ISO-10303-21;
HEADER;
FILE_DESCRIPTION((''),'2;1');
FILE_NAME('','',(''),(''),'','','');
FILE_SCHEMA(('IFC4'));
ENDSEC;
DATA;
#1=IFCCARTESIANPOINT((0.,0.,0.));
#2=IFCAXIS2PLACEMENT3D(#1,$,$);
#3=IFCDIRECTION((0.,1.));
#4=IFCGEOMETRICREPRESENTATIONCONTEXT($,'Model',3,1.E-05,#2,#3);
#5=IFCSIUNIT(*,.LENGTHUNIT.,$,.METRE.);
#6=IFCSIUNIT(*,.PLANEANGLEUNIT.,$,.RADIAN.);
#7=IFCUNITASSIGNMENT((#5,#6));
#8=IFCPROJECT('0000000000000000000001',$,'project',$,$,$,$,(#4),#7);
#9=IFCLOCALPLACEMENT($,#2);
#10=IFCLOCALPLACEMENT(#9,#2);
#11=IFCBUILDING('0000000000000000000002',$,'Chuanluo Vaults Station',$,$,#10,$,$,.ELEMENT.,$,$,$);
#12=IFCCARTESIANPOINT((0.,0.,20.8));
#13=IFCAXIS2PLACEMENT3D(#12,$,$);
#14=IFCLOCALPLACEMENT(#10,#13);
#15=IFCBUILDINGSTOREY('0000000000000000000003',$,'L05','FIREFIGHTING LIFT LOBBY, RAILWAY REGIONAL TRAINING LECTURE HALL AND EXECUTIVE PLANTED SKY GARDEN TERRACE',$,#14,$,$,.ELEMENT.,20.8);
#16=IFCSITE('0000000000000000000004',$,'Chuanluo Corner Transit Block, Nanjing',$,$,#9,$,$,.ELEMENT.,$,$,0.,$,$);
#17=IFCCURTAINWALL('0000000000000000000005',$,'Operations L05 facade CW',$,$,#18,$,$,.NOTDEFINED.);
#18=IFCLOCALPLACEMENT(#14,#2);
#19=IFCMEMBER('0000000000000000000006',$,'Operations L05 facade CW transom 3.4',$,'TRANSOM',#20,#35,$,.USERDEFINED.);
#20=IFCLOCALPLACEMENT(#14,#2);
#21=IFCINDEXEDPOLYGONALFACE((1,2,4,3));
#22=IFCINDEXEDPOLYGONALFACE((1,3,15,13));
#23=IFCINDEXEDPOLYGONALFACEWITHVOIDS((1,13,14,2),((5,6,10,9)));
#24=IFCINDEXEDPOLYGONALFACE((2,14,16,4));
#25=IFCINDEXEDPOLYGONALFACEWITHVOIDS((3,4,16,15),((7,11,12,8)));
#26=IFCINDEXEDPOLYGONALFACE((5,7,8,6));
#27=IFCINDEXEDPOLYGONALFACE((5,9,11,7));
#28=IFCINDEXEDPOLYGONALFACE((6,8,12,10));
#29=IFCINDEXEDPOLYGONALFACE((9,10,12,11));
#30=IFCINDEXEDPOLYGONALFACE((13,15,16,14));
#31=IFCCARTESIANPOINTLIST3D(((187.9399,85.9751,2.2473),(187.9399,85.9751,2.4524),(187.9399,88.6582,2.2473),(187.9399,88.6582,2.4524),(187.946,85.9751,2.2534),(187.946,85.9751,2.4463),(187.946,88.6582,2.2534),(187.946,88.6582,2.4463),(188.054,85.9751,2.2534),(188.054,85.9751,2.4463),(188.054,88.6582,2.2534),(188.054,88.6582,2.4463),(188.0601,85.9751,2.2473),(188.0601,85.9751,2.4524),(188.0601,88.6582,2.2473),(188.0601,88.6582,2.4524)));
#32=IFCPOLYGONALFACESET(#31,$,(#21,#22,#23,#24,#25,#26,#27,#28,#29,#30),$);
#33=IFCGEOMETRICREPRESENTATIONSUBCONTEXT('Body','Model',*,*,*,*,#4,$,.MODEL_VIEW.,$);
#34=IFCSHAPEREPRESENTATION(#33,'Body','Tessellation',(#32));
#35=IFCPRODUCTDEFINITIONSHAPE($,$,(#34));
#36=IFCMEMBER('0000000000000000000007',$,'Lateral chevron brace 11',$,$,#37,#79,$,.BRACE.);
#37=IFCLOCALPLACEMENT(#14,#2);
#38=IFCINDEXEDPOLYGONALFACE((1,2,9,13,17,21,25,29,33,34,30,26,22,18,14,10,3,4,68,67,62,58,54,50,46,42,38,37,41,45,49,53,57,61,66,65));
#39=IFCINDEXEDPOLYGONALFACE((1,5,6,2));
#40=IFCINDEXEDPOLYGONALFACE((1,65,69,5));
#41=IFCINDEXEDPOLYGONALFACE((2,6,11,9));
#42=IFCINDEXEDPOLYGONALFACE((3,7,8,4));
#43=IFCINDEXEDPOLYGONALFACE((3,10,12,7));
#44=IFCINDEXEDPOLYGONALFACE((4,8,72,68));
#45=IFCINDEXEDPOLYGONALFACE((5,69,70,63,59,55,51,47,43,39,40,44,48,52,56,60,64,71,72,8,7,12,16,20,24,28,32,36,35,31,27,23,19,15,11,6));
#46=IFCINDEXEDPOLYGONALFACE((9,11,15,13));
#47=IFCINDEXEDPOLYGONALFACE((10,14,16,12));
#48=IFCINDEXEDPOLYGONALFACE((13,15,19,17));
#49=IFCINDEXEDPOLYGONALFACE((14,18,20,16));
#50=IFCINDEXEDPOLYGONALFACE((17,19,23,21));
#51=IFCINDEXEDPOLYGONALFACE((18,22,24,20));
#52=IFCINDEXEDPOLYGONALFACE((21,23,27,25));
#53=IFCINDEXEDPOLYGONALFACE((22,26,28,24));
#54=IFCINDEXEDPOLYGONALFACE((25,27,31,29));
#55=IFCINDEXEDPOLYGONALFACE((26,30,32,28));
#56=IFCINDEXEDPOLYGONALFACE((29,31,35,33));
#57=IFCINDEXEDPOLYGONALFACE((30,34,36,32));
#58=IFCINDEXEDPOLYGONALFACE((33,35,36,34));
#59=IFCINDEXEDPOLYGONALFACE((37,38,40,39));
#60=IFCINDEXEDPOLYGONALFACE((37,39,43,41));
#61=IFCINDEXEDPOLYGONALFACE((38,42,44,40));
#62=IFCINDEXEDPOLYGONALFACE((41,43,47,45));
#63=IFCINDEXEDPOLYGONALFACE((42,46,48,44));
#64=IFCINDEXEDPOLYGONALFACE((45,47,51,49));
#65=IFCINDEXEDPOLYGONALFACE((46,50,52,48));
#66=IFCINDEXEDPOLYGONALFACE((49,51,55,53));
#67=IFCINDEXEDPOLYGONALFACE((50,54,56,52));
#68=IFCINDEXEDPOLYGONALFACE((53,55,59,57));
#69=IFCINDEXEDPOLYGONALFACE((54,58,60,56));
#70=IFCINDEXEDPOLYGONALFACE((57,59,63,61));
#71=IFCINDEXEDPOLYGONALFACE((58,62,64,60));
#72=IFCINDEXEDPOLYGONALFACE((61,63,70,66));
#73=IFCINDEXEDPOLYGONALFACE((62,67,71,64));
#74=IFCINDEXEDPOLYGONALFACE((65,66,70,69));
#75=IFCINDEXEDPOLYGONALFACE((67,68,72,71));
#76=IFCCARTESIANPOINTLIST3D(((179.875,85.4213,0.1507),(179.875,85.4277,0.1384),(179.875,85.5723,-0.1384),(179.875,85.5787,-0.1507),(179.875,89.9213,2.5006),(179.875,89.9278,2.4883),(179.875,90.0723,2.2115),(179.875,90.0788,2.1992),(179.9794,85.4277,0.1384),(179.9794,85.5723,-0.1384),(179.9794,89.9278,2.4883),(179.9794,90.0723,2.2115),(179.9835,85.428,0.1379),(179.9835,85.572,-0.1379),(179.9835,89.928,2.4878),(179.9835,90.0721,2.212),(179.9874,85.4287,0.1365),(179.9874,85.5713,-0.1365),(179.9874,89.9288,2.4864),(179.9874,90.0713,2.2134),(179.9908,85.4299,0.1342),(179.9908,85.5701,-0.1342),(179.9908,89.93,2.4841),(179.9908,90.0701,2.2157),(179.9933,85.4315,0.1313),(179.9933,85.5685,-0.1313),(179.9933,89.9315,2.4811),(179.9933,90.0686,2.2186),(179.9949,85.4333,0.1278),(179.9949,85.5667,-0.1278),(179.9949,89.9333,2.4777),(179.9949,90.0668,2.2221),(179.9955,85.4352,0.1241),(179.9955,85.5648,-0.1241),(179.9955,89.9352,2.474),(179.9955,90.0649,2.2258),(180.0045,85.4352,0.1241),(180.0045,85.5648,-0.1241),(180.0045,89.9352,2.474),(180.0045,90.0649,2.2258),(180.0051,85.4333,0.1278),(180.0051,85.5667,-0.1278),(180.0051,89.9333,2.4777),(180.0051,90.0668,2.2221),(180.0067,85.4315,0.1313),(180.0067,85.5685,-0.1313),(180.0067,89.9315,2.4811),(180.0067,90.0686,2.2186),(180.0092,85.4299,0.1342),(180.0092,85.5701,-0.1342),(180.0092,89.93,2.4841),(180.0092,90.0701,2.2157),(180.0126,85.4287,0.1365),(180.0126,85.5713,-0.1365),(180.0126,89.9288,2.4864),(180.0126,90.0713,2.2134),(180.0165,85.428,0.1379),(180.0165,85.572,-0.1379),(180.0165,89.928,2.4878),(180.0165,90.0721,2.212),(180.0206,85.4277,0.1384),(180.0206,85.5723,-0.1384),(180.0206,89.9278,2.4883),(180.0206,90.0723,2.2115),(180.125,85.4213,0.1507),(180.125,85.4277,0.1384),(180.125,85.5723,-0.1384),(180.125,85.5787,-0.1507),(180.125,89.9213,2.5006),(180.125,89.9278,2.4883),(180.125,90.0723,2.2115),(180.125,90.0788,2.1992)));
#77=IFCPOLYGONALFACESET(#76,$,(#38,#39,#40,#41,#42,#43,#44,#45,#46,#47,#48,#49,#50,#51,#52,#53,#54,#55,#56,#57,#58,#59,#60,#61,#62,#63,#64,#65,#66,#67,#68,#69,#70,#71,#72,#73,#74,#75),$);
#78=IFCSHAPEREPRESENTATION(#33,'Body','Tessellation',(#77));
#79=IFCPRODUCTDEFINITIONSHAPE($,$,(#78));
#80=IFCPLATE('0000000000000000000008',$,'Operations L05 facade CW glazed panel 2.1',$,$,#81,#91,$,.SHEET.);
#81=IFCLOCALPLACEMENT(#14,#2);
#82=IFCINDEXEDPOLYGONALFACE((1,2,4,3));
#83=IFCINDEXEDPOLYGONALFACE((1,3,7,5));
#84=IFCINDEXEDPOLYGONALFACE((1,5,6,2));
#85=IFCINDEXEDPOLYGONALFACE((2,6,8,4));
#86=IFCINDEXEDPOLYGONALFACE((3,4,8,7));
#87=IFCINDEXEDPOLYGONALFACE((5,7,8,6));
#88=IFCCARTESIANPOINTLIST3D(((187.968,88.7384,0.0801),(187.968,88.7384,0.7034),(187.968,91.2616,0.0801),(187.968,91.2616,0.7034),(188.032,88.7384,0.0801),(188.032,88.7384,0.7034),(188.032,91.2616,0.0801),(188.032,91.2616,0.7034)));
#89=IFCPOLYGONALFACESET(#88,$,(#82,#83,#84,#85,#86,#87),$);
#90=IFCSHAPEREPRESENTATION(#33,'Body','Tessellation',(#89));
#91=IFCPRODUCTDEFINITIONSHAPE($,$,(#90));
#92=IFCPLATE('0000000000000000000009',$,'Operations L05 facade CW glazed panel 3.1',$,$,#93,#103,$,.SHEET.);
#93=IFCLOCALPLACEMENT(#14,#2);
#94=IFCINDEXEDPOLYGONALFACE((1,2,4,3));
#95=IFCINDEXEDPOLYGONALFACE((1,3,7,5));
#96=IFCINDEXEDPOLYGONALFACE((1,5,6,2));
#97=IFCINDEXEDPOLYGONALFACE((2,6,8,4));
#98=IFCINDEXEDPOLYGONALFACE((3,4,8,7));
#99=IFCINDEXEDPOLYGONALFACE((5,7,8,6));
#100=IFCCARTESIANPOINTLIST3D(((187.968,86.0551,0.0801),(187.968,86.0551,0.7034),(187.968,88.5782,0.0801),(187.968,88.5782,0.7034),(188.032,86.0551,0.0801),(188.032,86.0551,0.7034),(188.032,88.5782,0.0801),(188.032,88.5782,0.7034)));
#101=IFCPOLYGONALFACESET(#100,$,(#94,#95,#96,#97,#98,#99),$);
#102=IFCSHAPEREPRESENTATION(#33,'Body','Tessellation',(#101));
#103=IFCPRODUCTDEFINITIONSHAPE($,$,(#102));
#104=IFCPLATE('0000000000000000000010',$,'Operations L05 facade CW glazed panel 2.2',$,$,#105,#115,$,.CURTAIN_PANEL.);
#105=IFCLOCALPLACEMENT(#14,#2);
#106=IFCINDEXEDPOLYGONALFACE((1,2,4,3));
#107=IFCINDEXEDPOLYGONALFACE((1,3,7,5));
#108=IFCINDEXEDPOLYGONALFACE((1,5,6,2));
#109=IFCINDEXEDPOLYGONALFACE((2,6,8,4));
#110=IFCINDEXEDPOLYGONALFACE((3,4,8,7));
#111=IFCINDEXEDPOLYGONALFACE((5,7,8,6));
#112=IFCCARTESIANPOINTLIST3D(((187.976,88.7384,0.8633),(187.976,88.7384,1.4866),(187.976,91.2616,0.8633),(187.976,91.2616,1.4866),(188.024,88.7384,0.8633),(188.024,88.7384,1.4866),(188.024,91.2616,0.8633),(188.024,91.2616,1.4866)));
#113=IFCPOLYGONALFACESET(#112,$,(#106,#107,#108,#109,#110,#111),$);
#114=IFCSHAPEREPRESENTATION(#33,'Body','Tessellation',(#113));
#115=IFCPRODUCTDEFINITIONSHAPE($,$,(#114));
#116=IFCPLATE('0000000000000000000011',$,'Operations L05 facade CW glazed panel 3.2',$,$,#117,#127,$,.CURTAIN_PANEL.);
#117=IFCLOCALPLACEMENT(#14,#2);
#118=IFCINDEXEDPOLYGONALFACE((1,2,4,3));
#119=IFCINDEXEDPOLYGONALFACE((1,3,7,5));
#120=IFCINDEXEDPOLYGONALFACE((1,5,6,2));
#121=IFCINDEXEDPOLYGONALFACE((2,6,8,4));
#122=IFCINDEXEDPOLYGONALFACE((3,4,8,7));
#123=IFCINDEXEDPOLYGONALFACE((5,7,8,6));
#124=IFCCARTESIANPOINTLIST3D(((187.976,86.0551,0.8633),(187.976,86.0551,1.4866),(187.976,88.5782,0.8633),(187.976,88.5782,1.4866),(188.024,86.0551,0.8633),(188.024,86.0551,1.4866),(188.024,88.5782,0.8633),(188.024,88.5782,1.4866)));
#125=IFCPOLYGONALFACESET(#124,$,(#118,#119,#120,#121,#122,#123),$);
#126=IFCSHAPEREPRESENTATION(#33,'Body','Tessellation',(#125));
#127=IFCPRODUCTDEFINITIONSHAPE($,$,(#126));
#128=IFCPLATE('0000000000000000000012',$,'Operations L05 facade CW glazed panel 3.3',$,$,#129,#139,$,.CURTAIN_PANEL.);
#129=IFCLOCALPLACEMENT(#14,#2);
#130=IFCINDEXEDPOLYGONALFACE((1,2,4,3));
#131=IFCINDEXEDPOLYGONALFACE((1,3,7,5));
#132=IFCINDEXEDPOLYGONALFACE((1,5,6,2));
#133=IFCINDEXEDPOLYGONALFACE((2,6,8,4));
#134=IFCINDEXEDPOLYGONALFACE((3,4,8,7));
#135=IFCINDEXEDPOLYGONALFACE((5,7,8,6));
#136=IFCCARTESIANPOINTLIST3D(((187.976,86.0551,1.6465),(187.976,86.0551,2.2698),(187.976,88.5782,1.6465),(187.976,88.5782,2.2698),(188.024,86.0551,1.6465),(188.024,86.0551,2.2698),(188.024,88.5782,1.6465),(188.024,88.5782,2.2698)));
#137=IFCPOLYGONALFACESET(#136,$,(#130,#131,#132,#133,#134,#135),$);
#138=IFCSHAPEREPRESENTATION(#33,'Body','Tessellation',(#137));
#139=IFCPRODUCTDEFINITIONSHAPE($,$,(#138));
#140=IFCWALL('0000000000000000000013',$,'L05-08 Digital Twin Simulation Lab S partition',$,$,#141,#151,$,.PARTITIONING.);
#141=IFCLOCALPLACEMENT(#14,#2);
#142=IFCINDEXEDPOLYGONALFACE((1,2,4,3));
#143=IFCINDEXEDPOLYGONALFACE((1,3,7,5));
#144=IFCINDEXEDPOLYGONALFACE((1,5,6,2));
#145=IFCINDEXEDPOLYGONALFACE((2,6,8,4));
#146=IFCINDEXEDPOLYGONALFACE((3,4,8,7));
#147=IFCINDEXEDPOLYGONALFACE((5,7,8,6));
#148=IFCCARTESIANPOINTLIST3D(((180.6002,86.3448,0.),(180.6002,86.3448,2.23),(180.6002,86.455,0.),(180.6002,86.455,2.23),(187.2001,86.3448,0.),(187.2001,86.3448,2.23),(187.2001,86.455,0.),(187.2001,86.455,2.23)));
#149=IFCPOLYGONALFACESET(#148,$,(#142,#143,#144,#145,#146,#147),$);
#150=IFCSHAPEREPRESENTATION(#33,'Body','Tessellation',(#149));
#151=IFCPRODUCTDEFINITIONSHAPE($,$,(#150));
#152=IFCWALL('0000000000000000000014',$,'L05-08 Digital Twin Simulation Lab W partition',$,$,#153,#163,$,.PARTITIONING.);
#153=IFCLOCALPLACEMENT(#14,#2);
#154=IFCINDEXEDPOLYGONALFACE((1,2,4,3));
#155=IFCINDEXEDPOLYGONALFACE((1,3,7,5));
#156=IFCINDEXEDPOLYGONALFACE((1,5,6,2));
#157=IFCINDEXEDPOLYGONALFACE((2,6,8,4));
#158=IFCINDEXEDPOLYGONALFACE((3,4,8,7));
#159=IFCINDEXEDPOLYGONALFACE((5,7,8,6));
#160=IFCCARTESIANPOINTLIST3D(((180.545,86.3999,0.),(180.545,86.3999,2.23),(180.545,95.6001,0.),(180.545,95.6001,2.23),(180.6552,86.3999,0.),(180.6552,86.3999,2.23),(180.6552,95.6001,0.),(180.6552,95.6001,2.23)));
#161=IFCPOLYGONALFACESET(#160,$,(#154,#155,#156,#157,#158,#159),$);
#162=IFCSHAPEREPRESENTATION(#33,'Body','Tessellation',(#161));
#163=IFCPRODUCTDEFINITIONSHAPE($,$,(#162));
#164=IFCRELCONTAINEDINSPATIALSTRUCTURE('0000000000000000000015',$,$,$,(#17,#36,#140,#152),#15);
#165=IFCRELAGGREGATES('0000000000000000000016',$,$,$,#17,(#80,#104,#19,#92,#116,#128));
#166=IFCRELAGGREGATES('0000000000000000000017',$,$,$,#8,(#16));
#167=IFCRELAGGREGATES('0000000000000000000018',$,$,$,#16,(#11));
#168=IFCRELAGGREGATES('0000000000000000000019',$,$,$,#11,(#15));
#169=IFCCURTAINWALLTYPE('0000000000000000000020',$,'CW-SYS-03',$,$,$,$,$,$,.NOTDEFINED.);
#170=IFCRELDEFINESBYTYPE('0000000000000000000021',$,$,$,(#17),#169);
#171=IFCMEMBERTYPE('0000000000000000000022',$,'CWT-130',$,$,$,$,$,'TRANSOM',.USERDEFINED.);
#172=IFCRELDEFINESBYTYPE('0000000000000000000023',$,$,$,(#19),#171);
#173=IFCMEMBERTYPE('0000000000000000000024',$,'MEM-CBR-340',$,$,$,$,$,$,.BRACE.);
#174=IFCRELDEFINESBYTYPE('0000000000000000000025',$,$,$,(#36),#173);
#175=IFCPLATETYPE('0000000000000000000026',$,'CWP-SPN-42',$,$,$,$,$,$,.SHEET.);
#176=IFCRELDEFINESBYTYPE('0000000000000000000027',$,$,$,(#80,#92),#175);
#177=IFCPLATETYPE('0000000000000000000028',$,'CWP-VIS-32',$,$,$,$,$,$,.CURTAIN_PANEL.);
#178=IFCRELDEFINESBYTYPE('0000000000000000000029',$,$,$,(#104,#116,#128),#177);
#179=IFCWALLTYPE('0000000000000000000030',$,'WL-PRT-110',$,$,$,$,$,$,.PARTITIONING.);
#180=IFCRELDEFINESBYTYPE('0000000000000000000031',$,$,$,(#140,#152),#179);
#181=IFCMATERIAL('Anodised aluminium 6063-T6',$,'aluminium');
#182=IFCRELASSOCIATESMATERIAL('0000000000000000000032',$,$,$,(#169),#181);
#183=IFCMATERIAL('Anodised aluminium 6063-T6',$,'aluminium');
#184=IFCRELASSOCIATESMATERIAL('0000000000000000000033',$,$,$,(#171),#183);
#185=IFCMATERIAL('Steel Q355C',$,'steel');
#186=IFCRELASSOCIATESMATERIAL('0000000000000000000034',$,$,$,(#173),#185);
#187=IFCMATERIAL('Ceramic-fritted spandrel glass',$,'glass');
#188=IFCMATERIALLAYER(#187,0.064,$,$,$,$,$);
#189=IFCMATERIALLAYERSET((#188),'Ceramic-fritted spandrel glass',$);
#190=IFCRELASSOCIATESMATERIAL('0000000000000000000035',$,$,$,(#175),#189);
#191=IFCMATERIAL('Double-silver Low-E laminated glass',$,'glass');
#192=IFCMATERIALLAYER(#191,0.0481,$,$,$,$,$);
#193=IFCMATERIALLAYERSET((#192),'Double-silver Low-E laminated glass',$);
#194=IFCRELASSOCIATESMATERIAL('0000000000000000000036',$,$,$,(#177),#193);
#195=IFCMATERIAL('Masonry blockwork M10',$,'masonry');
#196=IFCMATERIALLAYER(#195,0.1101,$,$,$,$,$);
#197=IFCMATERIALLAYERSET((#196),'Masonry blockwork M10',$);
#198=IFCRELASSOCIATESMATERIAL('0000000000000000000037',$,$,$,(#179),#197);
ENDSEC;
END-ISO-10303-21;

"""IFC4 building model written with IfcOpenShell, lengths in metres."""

from ifc_helpers import new_model, si_unit, direction, frame, frame_2d, origin, origin_2d, place, context, subcontext, project, spatial, rectangle, hollow_rectangle, i_section, extrude, material, layer, layer_set, material_profile, profile_set, type_object, element, aggregate, save


model = new_model("IFC4")

# Units and contexts
model_context = context("Model", 3, precision=1e-05, world=origin(), true_north=direction((0.0, 1.0)))
body_context = subcontext(model_context, "Body", "Model", "MODEL_VIEW")
ifc_project = project(units=[si_unit("LENGTHUNIT", "METRE"), si_unit("PLANEANGLEUNIT", "RADIAN")], contexts=[model_context])

# Site, building, storey
site_placement = place(None, origin())
site = spatial("IfcSite", under=ifc_project, at=site_placement, Name="Chuanluo Corner Transit Block, Nanjing", CompositionType="ELEMENT", RefElevation=0.0)
building_placement = place(site_placement, origin())
building = spatial("IfcBuilding", under=site, at=building_placement, Name="Chuanluo Vaults Station", CompositionType="ELEMENT")
storey_placement = place(building_placement, frame((0.0, 0.0, 20.8)))
storey = spatial("IfcBuildingStorey", under=building, at=storey_placement, Name="L05", Description="FIREFIGHTING LIFT LOBBY, RAILWAY REGIONAL TRAINING LECTURE HALL AND EXECUTIVE PLANTED SKY GARDEN TERRACE", CompositionType="ELEMENT", Elevation=20.8)

# Curtain wall, member
ifc_material_1 = material(Name="Anodised aluminium 6063-T6", Category="aluminium")
curtain_wall_type = type_object("IfcCurtainWallType", Name="CW-SYS-03", PredefinedType="NOTDEFINED", material=ifc_material_1)
curtain_wall_placement = place(storey_placement, origin())
curtain_wall = element("IfcCurtainWall", 1, at=curtain_wall_placement, inside=storey, type_object=curtain_wall_type, Name="Operations L05 facade CW", PredefinedType="NOTDEFINED")
ifc_material_2 = material(Name="Anodised aluminium 6063-T6", Category="aluminium")
ifc_material_profile_1 = material_profile(ifc_material_2, hollow_rectangle(XDim=0.1201, YDim=0.2051, WallThickness=0.0061, at=origin_2d()))
ifc_profile_set_1 = profile_set([ifc_material_profile_1], Name="Anodised aluminium 6063-T6")
member_type_1 = type_object("IfcMemberType", Name="CWT-130", ElementType="TRANSOM", PredefinedType="USERDEFINED", material=ifc_profile_set_1)
member_1_placement = place(storey_placement, frame((188.0, 88.6582, 2.3499), z_axis=(0.0, -1.0, 0.0), x_axis=(1.0, 0.0, 0.0)))
member_1 = element("IfcMember", 2, at=member_1_placement, type_object=member_type_1, Name="Operations L05 facade CW transom 3.4", ObjectType="TRANSOM", PredefinedType="USERDEFINED", context=body_context, shape_type="SweptSolid", body=[
    extrude(hollow_rectangle(XDim=0.1201, YDim=0.2051, WallThickness=0.0061, at=origin_2d()), origin(), (0.0, 0.0, 1.0), 2.6831),
])

# Member
ifc_material_3 = material(Name="Steel Q355C", Category="steel")
ifc_material_profile_2 = material_profile(ifc_material_3, i_section(OverallWidth=0.25, OverallDepth=0.3401, WebThickness=0.009, FlangeThickness=0.0139, FilletRadius=0.0161, at=origin_2d()))
ifc_profile_set_2 = profile_set([ifc_material_profile_2], Name="Steel Q355C")
member_type_2 = type_object("IfcMemberType", Name="MEM-CBR-340", PredefinedType="BRACE", material=ifc_profile_set_2)
member_2_placement = place(storey_placement, frame((180.0, 85.5, 0.0), z_axis=(0.0, 0.886421, 0.46288), x_axis=(-1.0, 0.0, 0.0)))
element("IfcMember", 3, at=member_2_placement, inside=storey, type_object=member_type_2, Name="Lateral chevron brace 11", PredefinedType="BRACE", context=body_context, shape_type="SweptSolid", body=[
    extrude(i_section(OverallWidth=0.25, OverallDepth=0.3401, WebThickness=0.009, FlangeThickness=0.0139, FilletRadius=0.0161, at=origin_2d()), origin(), (0.0, 0.0, 1.0), 5.0767),
])

# Plates
ifc_material_4 = material(Name="Ceramic-fritted spandrel glass", Category="glass")
ifc_layer_1 = layer(ifc_material_4, 0.064)
ifc_layer_set_1 = layer_set([ifc_layer_1], Name="Ceramic-fritted spandrel glass")
plate_type_1 = type_object("IfcPlateType", Name="CWP-SPN-42", PredefinedType="SHEET", material=ifc_layer_set_1)
plate_1_placement = place(storey_placement, frame((188.0, 90.0, 0.0801), z_axis=(0.0, 0.0, 1.0), x_axis=(0.0, -1.0, 0.0)))
plate_1 = element("IfcPlate", 4, at=plate_1_placement, type_object=plate_type_1, Name="Operations L05 facade CW glazed panel 2.1", PredefinedType="SHEET", context=body_context, shape_type="SweptSolid", body=[
    extrude(rectangle(XDim=2.5232, YDim=0.064, at=origin_2d()), origin(), (0.0, 0.0, 1.0), 0.6233),
])
plate_2_placement = place(storey_placement, frame((188.0, 87.3167, 0.0801), z_axis=(0.0, 0.0, 1.0), x_axis=(0.0, -1.0, 0.0)))
plate_2 = element("IfcPlate", 5, at=plate_2_placement, type_object=plate_type_1, Name="Operations L05 facade CW glazed panel 3.1", PredefinedType="SHEET", context=body_context, shape_type="SweptSolid", body=[
    extrude(rectangle(XDim=2.5232, YDim=0.064, at=origin_2d()), origin(), (0.0, 0.0, 1.0), 0.6233),
])
ifc_material_5 = material(Name="Double-silver Low-E laminated glass", Category="glass")
ifc_layer_2 = layer(ifc_material_5, 0.0481)
ifc_layer_set_2 = layer_set([ifc_layer_2], Name="Double-silver Low-E laminated glass")
plate_type_2 = type_object("IfcPlateType", Name="CWP-VIS-32", PredefinedType="CURTAIN_PANEL", material=ifc_layer_set_2)
plate_3_placement = place(storey_placement, frame((188.0, 90.0, 0.8633), z_axis=(0.0, 0.0, 1.0), x_axis=(0.0, -1.0, 0.0)))
plate_3 = element("IfcPlate", 6, at=plate_3_placement, type_object=plate_type_2, Name="Operations L05 facade CW glazed panel 2.2", PredefinedType="CURTAIN_PANEL", context=body_context, shape_type="SweptSolid", body=[
    extrude(rectangle(XDim=2.5232, YDim=0.0481, at=origin_2d()), origin(), (0.0, 0.0, 1.0), 0.6233),
])
plate_4_placement = place(storey_placement, frame((188.0, 87.3167, 0.8633), z_axis=(0.0, 0.0, 1.0), x_axis=(0.0, -1.0, 0.0)))
plate_4 = element("IfcPlate", 7, at=plate_4_placement, type_object=plate_type_2, Name="Operations L05 facade CW glazed panel 3.2", PredefinedType="CURTAIN_PANEL", context=body_context, shape_type="SweptSolid", body=[
    extrude(rectangle(XDim=2.5232, YDim=0.0481, at=origin_2d()), origin(), (0.0, 0.0, 1.0), 0.6233),
])
plate_5_placement = place(storey_placement, frame((188.0, 87.3167, 1.6465), z_axis=(0.0, 0.0, 1.0), x_axis=(0.0, -1.0, 0.0)))
plate_5 = element("IfcPlate", 8, at=plate_5_placement, type_object=plate_type_2, Name="Operations L05 facade CW glazed panel 3.3", PredefinedType="CURTAIN_PANEL", context=body_context, shape_type="SweptSolid", body=[
    extrude(rectangle(XDim=2.5232, YDim=0.0481, at=origin_2d()), origin(), (0.0, 0.0, 1.0), 0.6233),
])
aggregate(curtain_wall, [plate_1, plate_3, member_1, plate_2, plate_4, plate_5])

# Walls
ifc_material_6 = material(Name="Masonry blockwork M10", Category="masonry")
ifc_layer_3 = layer(ifc_material_6, 0.1101)
ifc_layer_set_3 = layer_set([ifc_layer_3], Name="Masonry blockwork M10")
wall_type = type_object("IfcWallType", Name="WL-PRT-110", PredefinedType="PARTITIONING", material=ifc_layer_set_3)
wall_1_placement = place(storey_placement, frame((187.2, 86.3999, 0.0), z_axis=(0.0, 0.0, 1.0), x_axis=(-1.0, 0.0, 0.0)))
element("IfcWall", 9, at=wall_1_placement, inside=storey, type_object=wall_type, Name="L05-08 Digital Twin Simulation Lab S partition", PredefinedType="PARTITIONING", context=body_context, shape_type="SweptSolid", body=[
    extrude(rectangle(XDim=6.5999, YDim=0.1101, at=frame_2d((3.2998, 0.0))), origin(), (0.0, 0.0, 1.0), 2.23),
])
wall_2_placement = place(storey_placement, frame((180.6001, 86.3999, 0.0), z_axis=(0.0, 0.0, 1.0), x_axis=(0.0, 1.0, 0.0)))
element("IfcWall", 10, at=wall_2_placement, inside=storey, type_object=wall_type, Name="L05-08 Digital Twin Simulation Lab W partition", PredefinedType="PARTITIONING", context=body_context, shape_type="SweptSolid", body=[
    extrude(rectangle(XDim=9.2002, YDim=0.1101, at=frame_2d((4.6001, 0.0))), origin(), (0.0, 0.0, 1.0), 2.23),
])

save(model, "model.ifc")
